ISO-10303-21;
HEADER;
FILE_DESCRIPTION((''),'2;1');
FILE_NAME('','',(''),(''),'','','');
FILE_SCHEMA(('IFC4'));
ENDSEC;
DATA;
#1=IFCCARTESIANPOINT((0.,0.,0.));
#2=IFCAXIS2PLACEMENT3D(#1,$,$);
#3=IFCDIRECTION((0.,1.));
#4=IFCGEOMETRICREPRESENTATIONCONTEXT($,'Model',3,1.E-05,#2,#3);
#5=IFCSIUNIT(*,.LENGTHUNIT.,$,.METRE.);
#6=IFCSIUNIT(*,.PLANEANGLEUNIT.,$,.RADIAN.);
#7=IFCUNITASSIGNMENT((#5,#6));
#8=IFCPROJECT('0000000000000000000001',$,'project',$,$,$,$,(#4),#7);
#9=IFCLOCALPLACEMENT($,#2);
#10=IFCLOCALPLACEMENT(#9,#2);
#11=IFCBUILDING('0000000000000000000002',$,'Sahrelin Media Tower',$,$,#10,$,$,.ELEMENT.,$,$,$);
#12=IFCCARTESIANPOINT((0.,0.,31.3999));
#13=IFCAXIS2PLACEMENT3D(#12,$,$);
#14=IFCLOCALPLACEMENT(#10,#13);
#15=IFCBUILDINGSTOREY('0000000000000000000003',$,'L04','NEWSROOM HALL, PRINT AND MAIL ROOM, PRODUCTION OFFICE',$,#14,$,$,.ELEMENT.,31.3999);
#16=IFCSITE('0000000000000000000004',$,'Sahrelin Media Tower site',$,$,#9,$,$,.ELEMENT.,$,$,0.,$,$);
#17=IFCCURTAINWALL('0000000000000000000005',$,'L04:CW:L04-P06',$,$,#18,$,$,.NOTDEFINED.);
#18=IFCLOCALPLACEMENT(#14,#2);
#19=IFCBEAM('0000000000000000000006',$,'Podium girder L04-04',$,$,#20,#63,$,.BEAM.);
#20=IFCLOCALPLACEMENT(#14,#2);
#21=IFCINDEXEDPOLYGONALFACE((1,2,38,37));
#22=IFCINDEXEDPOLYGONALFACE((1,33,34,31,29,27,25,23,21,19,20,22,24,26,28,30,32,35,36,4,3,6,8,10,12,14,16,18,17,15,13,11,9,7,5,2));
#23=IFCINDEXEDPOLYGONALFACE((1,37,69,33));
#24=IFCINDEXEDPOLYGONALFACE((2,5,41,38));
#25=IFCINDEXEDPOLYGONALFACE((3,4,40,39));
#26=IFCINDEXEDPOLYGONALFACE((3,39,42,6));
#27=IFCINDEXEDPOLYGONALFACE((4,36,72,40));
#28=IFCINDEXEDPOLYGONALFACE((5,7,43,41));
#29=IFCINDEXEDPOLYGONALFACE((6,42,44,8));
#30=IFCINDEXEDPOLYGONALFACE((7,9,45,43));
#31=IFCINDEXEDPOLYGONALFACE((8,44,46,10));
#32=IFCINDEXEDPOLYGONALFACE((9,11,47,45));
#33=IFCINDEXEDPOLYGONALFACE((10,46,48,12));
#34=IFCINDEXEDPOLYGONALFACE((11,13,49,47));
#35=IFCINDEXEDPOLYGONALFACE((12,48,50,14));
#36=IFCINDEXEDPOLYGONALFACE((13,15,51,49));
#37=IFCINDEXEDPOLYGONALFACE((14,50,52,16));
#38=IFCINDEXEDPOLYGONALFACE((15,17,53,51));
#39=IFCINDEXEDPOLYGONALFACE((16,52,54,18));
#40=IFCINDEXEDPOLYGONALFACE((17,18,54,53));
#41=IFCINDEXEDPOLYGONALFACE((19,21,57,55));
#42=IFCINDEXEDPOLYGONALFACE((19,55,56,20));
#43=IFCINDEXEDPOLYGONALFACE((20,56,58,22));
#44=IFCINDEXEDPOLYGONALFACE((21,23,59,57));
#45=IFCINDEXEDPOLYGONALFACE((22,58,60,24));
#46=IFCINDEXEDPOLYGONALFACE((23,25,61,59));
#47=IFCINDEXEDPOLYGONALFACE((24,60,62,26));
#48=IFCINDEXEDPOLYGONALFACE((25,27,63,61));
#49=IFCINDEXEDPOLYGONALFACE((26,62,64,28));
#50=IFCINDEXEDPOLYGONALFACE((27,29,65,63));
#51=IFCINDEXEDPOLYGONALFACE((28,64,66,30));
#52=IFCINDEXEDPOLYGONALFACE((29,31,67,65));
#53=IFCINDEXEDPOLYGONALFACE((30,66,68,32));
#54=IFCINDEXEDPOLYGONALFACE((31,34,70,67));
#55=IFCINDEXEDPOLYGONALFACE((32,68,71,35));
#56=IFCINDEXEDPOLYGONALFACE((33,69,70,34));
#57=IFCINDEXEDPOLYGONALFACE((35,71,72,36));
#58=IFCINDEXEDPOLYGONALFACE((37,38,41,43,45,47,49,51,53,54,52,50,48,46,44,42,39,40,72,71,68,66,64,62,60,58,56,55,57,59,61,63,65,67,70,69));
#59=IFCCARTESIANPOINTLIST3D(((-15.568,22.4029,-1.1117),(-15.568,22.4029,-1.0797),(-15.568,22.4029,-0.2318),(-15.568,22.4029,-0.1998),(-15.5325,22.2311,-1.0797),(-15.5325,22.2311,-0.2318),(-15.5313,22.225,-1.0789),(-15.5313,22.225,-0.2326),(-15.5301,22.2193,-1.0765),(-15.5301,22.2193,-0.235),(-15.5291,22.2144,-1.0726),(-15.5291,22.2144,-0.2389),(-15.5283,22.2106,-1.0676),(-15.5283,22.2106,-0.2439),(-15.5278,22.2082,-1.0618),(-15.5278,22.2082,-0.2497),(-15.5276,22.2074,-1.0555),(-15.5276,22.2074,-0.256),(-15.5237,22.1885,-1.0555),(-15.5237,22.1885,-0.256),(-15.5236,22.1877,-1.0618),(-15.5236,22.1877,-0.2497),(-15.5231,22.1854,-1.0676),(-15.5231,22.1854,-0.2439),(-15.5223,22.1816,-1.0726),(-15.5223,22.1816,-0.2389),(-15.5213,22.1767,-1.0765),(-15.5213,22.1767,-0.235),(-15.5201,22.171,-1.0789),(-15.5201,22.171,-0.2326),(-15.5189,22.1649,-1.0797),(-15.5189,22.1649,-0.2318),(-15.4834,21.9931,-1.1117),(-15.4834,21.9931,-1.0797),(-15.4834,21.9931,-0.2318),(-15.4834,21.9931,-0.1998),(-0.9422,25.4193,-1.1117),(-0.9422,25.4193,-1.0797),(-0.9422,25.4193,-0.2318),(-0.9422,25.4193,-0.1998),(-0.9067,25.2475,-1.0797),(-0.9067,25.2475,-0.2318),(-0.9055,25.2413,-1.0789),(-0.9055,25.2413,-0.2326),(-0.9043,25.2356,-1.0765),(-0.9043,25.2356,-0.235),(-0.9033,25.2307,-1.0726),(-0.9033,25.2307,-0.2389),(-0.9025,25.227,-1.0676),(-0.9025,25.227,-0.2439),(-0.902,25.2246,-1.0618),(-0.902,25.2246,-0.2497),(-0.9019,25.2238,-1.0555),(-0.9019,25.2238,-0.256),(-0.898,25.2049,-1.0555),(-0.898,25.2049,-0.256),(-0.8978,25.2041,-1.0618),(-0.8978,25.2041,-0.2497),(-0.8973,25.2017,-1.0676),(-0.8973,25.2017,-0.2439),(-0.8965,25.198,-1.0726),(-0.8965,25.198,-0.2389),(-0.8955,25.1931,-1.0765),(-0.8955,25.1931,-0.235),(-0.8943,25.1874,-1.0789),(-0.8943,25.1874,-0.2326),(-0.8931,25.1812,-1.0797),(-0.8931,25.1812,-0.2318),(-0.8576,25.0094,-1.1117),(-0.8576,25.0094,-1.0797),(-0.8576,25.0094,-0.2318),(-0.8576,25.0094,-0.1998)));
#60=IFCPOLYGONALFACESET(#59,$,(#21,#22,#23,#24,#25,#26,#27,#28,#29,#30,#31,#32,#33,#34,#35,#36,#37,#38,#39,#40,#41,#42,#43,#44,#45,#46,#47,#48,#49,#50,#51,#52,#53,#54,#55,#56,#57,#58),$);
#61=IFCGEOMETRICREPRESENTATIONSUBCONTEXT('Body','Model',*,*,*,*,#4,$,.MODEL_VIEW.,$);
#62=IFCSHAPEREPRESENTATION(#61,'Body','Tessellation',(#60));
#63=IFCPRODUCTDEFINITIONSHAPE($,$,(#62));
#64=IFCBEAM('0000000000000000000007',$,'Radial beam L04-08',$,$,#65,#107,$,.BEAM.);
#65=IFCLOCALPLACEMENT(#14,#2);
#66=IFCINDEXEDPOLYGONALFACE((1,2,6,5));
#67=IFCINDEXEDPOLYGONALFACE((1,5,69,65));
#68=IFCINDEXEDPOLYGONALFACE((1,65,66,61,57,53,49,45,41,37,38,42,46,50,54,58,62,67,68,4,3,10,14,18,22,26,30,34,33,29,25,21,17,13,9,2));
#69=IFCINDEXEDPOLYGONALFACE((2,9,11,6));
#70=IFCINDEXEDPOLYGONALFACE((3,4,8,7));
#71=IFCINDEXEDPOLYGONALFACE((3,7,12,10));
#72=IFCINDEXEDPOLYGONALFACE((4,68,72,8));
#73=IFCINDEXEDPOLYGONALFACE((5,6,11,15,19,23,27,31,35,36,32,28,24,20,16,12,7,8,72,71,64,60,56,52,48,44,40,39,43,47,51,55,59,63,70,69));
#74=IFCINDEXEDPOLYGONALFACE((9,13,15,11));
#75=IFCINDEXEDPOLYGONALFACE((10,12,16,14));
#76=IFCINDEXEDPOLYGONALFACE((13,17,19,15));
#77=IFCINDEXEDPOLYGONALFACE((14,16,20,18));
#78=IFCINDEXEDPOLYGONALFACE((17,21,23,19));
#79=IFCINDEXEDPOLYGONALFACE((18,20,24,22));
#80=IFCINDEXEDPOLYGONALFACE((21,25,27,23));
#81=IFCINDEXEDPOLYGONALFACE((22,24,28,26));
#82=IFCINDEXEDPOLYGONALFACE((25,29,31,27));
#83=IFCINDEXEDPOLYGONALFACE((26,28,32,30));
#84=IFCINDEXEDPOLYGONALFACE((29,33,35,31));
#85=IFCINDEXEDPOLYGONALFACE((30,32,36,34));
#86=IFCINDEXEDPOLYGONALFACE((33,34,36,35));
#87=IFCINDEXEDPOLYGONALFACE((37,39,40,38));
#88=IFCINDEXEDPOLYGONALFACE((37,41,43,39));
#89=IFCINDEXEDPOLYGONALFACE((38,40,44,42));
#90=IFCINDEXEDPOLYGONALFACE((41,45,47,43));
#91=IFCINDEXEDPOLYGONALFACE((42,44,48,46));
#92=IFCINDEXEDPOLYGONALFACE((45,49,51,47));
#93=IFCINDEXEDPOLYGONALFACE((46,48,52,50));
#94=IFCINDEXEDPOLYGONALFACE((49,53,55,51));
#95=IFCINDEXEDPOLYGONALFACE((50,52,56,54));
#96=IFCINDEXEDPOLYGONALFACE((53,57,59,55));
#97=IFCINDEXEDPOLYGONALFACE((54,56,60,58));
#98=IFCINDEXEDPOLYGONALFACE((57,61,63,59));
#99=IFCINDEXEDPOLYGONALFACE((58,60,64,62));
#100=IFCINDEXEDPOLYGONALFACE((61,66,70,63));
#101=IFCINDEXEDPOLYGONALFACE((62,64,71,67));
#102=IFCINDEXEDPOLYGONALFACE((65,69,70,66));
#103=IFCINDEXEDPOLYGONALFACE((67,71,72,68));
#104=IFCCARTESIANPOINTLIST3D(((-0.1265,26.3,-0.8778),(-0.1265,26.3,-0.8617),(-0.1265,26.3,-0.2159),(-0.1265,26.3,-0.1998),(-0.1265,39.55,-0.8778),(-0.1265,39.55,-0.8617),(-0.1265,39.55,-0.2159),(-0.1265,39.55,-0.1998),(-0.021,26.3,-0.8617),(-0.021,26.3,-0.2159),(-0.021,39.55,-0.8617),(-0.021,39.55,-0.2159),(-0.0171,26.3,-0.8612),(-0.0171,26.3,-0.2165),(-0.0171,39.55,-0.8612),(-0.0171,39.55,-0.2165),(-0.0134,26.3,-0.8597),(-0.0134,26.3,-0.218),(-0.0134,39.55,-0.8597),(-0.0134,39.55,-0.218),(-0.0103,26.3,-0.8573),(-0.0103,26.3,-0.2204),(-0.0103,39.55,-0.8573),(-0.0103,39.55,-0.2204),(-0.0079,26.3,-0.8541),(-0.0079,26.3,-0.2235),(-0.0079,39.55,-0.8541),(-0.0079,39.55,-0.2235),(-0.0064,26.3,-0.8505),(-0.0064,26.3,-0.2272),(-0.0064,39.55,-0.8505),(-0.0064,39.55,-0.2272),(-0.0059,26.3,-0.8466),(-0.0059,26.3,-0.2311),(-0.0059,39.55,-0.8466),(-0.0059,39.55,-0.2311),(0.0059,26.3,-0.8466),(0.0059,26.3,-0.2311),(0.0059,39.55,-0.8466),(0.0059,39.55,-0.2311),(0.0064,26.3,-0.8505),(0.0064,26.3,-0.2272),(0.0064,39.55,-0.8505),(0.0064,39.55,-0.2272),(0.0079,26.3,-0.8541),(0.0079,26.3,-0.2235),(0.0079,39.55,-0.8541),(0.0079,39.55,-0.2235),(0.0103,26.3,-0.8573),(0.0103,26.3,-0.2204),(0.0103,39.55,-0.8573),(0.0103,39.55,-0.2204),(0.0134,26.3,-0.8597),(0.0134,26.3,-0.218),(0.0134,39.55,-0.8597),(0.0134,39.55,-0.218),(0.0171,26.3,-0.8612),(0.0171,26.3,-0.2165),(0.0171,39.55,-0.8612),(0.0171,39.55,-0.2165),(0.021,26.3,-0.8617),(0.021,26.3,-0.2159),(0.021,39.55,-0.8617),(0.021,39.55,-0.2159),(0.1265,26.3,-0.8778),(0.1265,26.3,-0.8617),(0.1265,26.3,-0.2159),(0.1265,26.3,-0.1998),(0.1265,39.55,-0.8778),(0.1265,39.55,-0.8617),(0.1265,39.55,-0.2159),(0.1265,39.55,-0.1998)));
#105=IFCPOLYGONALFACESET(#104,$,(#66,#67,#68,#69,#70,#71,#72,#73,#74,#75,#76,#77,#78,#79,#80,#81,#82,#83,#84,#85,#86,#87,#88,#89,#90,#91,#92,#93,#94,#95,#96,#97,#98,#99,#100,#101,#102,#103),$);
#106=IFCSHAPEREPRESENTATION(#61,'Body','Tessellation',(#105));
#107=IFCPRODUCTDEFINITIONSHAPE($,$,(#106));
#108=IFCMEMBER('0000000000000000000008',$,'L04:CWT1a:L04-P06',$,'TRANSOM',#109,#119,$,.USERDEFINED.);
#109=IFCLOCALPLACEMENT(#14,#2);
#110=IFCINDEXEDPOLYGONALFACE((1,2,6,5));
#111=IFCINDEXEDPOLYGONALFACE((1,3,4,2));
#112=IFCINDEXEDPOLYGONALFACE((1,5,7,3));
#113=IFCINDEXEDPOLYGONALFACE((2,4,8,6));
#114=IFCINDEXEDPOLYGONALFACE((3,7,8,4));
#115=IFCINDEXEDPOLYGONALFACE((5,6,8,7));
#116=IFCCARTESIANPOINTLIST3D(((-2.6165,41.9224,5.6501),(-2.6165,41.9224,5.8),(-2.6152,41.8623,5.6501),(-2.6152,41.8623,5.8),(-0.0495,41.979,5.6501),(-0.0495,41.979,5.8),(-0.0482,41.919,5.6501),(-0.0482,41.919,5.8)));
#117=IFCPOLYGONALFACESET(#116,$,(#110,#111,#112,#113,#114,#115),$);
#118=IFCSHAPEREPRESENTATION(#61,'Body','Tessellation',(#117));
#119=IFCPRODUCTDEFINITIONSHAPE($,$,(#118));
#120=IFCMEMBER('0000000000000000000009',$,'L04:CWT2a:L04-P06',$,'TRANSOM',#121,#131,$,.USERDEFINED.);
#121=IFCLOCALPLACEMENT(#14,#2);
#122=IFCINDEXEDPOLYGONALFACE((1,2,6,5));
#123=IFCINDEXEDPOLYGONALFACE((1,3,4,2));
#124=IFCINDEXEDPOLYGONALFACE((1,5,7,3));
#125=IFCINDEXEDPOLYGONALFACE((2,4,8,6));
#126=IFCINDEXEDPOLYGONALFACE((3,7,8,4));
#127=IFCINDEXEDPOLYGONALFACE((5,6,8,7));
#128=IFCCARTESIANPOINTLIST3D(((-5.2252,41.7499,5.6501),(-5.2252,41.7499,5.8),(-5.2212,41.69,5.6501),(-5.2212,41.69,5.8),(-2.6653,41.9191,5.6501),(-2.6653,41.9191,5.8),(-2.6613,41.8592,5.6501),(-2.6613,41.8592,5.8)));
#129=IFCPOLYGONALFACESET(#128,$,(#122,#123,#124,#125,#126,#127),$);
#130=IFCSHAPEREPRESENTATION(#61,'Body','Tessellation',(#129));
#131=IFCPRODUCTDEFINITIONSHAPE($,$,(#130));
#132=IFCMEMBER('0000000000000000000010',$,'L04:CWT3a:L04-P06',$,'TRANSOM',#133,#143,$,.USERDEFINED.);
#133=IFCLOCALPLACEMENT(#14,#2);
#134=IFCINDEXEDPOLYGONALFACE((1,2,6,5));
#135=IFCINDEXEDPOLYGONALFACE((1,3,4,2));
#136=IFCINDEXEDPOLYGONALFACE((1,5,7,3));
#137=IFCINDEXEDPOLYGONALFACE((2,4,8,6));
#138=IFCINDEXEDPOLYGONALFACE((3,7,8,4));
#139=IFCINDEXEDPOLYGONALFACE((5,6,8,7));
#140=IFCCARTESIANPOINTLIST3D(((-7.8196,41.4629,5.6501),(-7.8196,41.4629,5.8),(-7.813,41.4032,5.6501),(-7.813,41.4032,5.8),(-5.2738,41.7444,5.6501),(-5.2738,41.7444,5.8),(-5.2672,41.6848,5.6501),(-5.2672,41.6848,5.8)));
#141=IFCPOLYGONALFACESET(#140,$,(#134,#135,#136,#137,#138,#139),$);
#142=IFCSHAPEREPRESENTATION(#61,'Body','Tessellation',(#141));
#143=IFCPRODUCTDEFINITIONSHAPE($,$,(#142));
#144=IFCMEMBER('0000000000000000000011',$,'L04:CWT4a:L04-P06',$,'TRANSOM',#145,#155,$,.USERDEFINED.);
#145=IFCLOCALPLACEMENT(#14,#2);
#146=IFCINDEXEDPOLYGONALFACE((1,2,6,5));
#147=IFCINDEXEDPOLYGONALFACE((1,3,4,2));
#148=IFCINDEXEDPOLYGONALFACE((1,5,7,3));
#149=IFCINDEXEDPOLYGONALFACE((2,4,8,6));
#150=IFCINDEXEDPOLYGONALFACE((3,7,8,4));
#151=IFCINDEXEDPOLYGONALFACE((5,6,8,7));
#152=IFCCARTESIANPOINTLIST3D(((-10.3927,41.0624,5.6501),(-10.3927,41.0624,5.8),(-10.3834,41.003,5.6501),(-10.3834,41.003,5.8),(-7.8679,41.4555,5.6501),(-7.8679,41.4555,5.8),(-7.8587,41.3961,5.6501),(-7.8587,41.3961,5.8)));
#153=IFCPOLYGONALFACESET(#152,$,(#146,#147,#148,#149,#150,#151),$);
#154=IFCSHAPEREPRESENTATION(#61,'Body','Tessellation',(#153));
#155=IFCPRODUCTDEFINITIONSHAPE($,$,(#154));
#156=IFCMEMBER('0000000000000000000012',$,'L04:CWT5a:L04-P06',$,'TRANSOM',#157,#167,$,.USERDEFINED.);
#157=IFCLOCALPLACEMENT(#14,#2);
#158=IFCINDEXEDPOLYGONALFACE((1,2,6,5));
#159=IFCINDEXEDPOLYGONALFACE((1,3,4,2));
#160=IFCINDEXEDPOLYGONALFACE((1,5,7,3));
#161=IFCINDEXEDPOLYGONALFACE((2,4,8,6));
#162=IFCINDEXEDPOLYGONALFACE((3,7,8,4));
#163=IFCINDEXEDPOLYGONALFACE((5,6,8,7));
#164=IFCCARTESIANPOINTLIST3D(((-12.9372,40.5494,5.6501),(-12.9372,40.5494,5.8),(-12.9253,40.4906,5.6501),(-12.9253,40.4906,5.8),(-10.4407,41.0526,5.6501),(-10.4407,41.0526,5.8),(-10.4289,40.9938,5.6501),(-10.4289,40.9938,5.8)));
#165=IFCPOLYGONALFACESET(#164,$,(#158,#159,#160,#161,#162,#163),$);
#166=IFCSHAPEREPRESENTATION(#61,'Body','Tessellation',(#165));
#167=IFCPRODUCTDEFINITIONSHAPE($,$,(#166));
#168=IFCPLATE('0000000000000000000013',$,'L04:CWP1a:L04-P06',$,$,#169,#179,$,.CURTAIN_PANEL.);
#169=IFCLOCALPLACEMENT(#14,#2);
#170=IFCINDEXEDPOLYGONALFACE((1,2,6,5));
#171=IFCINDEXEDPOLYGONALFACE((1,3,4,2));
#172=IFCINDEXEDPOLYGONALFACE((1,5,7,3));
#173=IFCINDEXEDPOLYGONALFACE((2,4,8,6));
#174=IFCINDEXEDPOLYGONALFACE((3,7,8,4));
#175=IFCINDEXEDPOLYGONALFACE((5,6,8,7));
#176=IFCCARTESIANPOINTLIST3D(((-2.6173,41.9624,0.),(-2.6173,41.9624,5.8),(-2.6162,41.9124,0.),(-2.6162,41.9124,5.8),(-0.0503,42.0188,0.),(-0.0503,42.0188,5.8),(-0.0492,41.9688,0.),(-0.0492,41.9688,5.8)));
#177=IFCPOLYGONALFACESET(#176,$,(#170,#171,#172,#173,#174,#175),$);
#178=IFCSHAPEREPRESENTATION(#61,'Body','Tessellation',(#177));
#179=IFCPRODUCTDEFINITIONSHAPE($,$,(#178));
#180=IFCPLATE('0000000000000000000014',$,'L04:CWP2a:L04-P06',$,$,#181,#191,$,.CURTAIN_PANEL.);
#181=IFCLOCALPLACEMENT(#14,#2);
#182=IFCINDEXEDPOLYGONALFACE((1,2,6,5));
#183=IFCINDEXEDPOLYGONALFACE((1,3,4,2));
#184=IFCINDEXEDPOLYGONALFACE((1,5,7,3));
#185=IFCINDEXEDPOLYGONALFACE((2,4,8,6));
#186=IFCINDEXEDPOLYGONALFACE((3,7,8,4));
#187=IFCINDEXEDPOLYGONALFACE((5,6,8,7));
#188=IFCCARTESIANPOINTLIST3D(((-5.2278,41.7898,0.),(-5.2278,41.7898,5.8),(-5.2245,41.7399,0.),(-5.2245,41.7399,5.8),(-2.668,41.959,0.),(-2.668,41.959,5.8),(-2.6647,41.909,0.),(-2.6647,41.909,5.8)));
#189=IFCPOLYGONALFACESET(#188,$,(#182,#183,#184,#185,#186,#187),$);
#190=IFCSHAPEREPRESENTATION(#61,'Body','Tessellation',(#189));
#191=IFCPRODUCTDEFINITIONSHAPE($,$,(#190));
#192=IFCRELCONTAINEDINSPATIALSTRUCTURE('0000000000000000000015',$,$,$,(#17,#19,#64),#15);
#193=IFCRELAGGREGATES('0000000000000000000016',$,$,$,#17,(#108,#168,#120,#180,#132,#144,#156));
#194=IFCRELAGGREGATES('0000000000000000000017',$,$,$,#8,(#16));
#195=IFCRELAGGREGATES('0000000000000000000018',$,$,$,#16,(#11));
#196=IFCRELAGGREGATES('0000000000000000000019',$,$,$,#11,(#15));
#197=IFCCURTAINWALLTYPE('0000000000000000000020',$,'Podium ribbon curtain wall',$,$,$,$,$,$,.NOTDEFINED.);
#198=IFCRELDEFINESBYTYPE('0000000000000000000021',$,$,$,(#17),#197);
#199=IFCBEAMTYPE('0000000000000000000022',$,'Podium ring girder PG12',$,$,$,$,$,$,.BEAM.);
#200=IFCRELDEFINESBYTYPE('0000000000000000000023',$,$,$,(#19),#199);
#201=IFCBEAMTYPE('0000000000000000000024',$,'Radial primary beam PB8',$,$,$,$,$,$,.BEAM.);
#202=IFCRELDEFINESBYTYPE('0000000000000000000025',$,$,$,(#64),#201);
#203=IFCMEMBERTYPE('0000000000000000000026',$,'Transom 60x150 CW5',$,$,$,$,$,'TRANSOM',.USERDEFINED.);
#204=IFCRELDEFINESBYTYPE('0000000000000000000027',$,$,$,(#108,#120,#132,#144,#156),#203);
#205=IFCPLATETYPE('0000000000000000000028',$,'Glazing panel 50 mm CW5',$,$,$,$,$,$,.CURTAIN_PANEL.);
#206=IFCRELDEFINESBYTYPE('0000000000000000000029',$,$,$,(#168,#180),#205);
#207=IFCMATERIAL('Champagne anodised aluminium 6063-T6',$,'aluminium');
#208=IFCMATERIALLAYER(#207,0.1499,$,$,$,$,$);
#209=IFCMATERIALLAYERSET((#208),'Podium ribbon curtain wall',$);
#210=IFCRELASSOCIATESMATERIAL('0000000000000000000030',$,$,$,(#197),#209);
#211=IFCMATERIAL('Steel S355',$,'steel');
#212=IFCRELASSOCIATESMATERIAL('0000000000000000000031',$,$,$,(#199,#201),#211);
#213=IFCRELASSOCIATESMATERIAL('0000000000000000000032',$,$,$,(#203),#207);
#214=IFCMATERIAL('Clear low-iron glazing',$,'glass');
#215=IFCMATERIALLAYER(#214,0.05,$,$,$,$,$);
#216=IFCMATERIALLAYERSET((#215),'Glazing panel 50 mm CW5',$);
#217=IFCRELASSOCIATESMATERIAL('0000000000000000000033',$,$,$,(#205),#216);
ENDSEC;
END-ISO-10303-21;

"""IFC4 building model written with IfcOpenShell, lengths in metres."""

from ifc_helpers import new_model, si_unit, direction, frame, origin, origin_2d, place, context, subcontext, project, spatial, polyline, rectangle, i_section, outline, extrude, material, layer, layer_set, material_profile, profile_set, type_object, element, aggregate, save


model = new_model("IFC4")

# Units and contexts
model_context = context("Model", 3, precision=1e-05, world=origin(), true_north=direction((0.0, 1.0)))
body_context = subcontext(model_context, "Body", "Model", "MODEL_VIEW")
ifc_project = project(units=[si_unit("LENGTHUNIT", "METRE"), si_unit("PLANEANGLEUNIT", "RADIAN")], contexts=[model_context])

# Site, building, storey
site_placement = place(None, origin())
site = spatial("IfcSite", under=ifc_project, at=site_placement, Name="Sahrelin Media Tower site", CompositionType="ELEMENT", RefElevation=0.0)
building_placement = place(site_placement, origin())
building = spatial("IfcBuilding", under=site, at=building_placement, Name="Sahrelin Media Tower", CompositionType="ELEMENT")
storey_placement = place(building_placement, frame((0.0, 0.0, 31.3999)))
storey = spatial("IfcBuildingStorey", under=building, at=storey_placement, Name="L04", Description="NEWSROOM HALL, PRINT AND MAIL ROOM, PRODUCTION OFFICE", CompositionType="ELEMENT", Elevation=31.3999)

# Shared definitions
ifc_material_1 = material(Name="Steel S355", Category="steel")

# Curtain wall
ifc_material_2 = material(Name="Champagne anodised aluminium 6063-T6", Category="aluminium")
ifc_layer_1 = layer(ifc_material_2, 0.1499)
ifc_layer_set_1 = layer_set([ifc_layer_1], Name="Podium ribbon curtain wall")
curtain_wall_type = type_object("IfcCurtainWallType", Name="Podium ribbon curtain wall", PredefinedType="NOTDEFINED", material=ifc_layer_set_1)
curtain_wall_placement = place(storey_placement, frame((0.0, 42.0, 0.0), z_axis=(0.0, 0.0, 1.0), x_axis=(1.0, 0.0, 0.0)))
curtain_wall = element("IfcCurtainWall", 1, at=curtain_wall_placement, inside=storey, type_object=curtain_wall_type, Name="L04:CW:L04-P06", PredefinedType="NOTDEFINED")

# Beams
ifc_material_profile_1 = material_profile(ifc_material_1, i_section(OverallWidth=0.4185, OverallDepth=0.9119, WebThickness=0.0193, FlangeThickness=0.032, FilletRadius=0.0242, at=origin_2d()), Name="UB 914x419x343")
ifc_profile_set_1 = profile_set([ifc_material_profile_1], Name="Steel S355")
beam_type_1 = type_object("IfcBeamType", Name="Podium ring girder PG12", PredefinedType="BEAM", material=ifc_profile_set_1)
beam_1_placement = place(storey_placement, frame((-0.8999, 25.2144, -0.6558), z_axis=(-0.979389, -0.201985, 0.0), x_axis=(0.201985, -0.979389, 0.0)))
element("IfcBeam", 2, at=beam_1_placement, inside=storey, type_object=beam_type_1, Name="Podium girder L04-04", PredefinedType="BEAM", context=body_context, shape_type="SweptSolid", body=[
    extrude(i_section(OverallWidth=0.4185, OverallDepth=0.9119, WebThickness=0.0193, FlangeThickness=0.032, FilletRadius=0.0242, at=origin_2d()), origin(), (0.0, 0.0, 1.0), 14.9336),
])
ifc_material_profile_2 = material_profile(ifc_material_1, i_section(OverallWidth=0.2529, OverallDepth=0.678, WebThickness=0.0117, FlangeThickness=0.0161, FilletRadius=0.0151, at=origin_2d()), Name="UB 686x254x125")
ifc_profile_set_2 = profile_set([ifc_material_profile_2], Name="Steel S355")
beam_type_2 = type_object("IfcBeamType", Name="Radial primary beam PB8", PredefinedType="BEAM", material=ifc_profile_set_2)
beam_2_placement = place(storey_placement, frame((0.0, 26.3, -0.5388), z_axis=(0.0, 1.0, 0.0), x_axis=(-1.0, 0.0, 0.0)))
element("IfcBeam", 3, at=beam_2_placement, inside=storey, type_object=beam_type_2, Name="Radial beam L04-08", PredefinedType="BEAM", context=body_context, shape_type="SweptSolid", body=[
    extrude(i_section(OverallWidth=0.2529, OverallDepth=0.678, WebThickness=0.0117, FlangeThickness=0.0161, FilletRadius=0.0151, at=origin_2d()), origin(), (0.0, 0.0, 1.0), 13.25),
])

# Members
ifc_material_profile_3 = material_profile(ifc_material_2, rectangle(XDim=0.0601, YDim=0.1499, at=origin_2d()), Name="Transom 60x150")
ifc_profile_set_3 = profile_set([ifc_material_profile_3], Name="Champagne anodised aluminium 6063-T6")
member_type_1 = type_object("IfcMemberType", Name="Transom 60x150 CW5", ElementType="TRANSOM", PredefinedType="USERDEFINED", material=ifc_profile_set_3)
member_1_placement = place(storey_placement, frame((-0.0488, 41.949, 5.7251), z_axis=(-0.999757, -0.02206, 0.0), x_axis=(0.02206, -0.999757, 0.0)))
member_1 = element("IfcMember", 4, at=member_1_placement, type_object=member_type_1, Name="L04:CWT1a:L04-P06", ObjectType="TRANSOM", PredefinedType="USERDEFINED", context=body_context, shape_type="SweptSolid", body=[
    extrude(rectangle(XDim=0.0601, YDim=0.1499, at=origin_2d()), origin(), (0.0, 0.0, 1.0), 2.5676),
])
member_2_placement = place(storey_placement, frame((-2.6633, 41.8892, 5.7251), z_axis=(-0.997823, -0.065951, 0.0), x_axis=(0.065951, -0.997823, 0.0)))
member_2 = element("IfcMember", 5, at=member_2_placement, type_object=member_type_1, Name="L04:CWT2a:L04-P06", ObjectType="TRANSOM", PredefinedType="USERDEFINED", context=body_context, shape_type="SweptSolid", body=[
    extrude(rectangle(XDim=0.0601, YDim=0.1499, at=origin_2d()), origin(), (0.0, 0.0, 1.0), 2.5654),
])
member_3_placement = place(storey_placement, frame((-5.2705, 41.7146, 5.7251), z_axis=(-0.993942, -0.109908, 0.0), x_axis=(0.109908, -0.993942, 0.0)))
member_3 = element("IfcMember", 6, at=member_3_placement, type_object=member_type_1, Name="L04:CWT3a:L04-P06", ObjectType="TRANSOM", PredefinedType="USERDEFINED", context=body_context, shape_type="SweptSolid", body=[
    extrude(rectangle(XDim=0.0601, YDim=0.1499, at=origin_2d()), origin(), (0.0, 0.0, 1.0), 2.5613),
])
member_4_placement = place(storey_placement, frame((-7.8633, 41.4258, 5.7251), z_axis=(-0.988096, -0.153838, 0.0), x_axis=(0.153838, -0.988096, 0.0)))
member_4 = element("IfcMember", 7, at=member_4_placement, type_object=member_type_1, Name="L04:CWT4a:L04-P06", ObjectType="TRANSOM", PredefinedType="USERDEFINED", context=body_context, shape_type="SweptSolid", body=[
    extrude(rectangle(XDim=0.0601, YDim=0.1499, at=origin_2d()), origin(), (0.0, 0.0, 1.0), 2.5552),
])
member_5_placement = place(storey_placement, frame((-10.4348, 41.0232, 5.7251), z_axis=(-0.980285, -0.197591, 0.0), x_axis=(0.197591, -0.980285, 0.0)))
member_5 = element("IfcMember", 8, at=member_5_placement, type_object=member_type_1, Name="L04:CWT5a:L04-P06", ObjectType="TRANSOM", PredefinedType="USERDEFINED", context=body_context, shape_type="SweptSolid", body=[
    extrude(rectangle(XDim=0.0601, YDim=0.1499, at=origin_2d()), origin(), (0.0, 0.0, 1.0), 2.5466),
])

# Plates
ifc_material_3 = material(Name="Clear low-iron glazing", Category="glass")
ifc_layer_2 = layer(ifc_material_3, 0.05)
ifc_layer_set_2 = layer_set([ifc_layer_2], Name="Glazing panel 50 mm CW5")
plate_type = type_object("IfcPlateType", Name="Glazing panel 50 mm CW5", PredefinedType="CURTAIN_PANEL", material=ifc_layer_set_2)
plate_1_placement = place(storey_placement, frame((-0.0503, 42.0188, 0.0), z_axis=(-0.021965, 0.999759, 0.0), x_axis=(-0.999759, -0.021965, 0.0)))
plate_1 = element("IfcPlate", 9, at=plate_1_placement, type_object=plate_type, Name="L04:CWP1a:L04-P06", PredefinedType="CURTAIN_PANEL", context=body_context, shape_type="SweptSolid", body=[
    extrude(outline(polyline([(0.0, 0.0), (2.5676, 0.0), (2.5676, 5.8), (0.0, 5.8), (0.0, 0.0)])), origin(), (0.0, 0.0, -1.0), 0.05),
])
plate_2_placement = place(storey_placement, frame((-2.668, 41.959, 0.0), z_axis=(-0.065951, 0.997823, 0.0), x_axis=(-0.997823, -0.065951, 0.0)))
plate_2 = element("IfcPlate", 10, at=plate_2_placement, type_object=plate_type, Name="L04:CWP2a:L04-P06", PredefinedType="CURTAIN_PANEL", context=body_context, shape_type="SweptSolid", body=[
    extrude(outline(polyline([(0.0, 0.0), (2.5654, 0.0), (2.5654, 5.8), (0.0, 5.8), (0.0, 0.0)])), origin(), (0.0, 0.0, -1.0), 0.05),
])
aggregate(curtain_wall, [member_1, plate_1, member_2, plate_2, member_3, member_4, member_5])

save(model, "model.ifc")
